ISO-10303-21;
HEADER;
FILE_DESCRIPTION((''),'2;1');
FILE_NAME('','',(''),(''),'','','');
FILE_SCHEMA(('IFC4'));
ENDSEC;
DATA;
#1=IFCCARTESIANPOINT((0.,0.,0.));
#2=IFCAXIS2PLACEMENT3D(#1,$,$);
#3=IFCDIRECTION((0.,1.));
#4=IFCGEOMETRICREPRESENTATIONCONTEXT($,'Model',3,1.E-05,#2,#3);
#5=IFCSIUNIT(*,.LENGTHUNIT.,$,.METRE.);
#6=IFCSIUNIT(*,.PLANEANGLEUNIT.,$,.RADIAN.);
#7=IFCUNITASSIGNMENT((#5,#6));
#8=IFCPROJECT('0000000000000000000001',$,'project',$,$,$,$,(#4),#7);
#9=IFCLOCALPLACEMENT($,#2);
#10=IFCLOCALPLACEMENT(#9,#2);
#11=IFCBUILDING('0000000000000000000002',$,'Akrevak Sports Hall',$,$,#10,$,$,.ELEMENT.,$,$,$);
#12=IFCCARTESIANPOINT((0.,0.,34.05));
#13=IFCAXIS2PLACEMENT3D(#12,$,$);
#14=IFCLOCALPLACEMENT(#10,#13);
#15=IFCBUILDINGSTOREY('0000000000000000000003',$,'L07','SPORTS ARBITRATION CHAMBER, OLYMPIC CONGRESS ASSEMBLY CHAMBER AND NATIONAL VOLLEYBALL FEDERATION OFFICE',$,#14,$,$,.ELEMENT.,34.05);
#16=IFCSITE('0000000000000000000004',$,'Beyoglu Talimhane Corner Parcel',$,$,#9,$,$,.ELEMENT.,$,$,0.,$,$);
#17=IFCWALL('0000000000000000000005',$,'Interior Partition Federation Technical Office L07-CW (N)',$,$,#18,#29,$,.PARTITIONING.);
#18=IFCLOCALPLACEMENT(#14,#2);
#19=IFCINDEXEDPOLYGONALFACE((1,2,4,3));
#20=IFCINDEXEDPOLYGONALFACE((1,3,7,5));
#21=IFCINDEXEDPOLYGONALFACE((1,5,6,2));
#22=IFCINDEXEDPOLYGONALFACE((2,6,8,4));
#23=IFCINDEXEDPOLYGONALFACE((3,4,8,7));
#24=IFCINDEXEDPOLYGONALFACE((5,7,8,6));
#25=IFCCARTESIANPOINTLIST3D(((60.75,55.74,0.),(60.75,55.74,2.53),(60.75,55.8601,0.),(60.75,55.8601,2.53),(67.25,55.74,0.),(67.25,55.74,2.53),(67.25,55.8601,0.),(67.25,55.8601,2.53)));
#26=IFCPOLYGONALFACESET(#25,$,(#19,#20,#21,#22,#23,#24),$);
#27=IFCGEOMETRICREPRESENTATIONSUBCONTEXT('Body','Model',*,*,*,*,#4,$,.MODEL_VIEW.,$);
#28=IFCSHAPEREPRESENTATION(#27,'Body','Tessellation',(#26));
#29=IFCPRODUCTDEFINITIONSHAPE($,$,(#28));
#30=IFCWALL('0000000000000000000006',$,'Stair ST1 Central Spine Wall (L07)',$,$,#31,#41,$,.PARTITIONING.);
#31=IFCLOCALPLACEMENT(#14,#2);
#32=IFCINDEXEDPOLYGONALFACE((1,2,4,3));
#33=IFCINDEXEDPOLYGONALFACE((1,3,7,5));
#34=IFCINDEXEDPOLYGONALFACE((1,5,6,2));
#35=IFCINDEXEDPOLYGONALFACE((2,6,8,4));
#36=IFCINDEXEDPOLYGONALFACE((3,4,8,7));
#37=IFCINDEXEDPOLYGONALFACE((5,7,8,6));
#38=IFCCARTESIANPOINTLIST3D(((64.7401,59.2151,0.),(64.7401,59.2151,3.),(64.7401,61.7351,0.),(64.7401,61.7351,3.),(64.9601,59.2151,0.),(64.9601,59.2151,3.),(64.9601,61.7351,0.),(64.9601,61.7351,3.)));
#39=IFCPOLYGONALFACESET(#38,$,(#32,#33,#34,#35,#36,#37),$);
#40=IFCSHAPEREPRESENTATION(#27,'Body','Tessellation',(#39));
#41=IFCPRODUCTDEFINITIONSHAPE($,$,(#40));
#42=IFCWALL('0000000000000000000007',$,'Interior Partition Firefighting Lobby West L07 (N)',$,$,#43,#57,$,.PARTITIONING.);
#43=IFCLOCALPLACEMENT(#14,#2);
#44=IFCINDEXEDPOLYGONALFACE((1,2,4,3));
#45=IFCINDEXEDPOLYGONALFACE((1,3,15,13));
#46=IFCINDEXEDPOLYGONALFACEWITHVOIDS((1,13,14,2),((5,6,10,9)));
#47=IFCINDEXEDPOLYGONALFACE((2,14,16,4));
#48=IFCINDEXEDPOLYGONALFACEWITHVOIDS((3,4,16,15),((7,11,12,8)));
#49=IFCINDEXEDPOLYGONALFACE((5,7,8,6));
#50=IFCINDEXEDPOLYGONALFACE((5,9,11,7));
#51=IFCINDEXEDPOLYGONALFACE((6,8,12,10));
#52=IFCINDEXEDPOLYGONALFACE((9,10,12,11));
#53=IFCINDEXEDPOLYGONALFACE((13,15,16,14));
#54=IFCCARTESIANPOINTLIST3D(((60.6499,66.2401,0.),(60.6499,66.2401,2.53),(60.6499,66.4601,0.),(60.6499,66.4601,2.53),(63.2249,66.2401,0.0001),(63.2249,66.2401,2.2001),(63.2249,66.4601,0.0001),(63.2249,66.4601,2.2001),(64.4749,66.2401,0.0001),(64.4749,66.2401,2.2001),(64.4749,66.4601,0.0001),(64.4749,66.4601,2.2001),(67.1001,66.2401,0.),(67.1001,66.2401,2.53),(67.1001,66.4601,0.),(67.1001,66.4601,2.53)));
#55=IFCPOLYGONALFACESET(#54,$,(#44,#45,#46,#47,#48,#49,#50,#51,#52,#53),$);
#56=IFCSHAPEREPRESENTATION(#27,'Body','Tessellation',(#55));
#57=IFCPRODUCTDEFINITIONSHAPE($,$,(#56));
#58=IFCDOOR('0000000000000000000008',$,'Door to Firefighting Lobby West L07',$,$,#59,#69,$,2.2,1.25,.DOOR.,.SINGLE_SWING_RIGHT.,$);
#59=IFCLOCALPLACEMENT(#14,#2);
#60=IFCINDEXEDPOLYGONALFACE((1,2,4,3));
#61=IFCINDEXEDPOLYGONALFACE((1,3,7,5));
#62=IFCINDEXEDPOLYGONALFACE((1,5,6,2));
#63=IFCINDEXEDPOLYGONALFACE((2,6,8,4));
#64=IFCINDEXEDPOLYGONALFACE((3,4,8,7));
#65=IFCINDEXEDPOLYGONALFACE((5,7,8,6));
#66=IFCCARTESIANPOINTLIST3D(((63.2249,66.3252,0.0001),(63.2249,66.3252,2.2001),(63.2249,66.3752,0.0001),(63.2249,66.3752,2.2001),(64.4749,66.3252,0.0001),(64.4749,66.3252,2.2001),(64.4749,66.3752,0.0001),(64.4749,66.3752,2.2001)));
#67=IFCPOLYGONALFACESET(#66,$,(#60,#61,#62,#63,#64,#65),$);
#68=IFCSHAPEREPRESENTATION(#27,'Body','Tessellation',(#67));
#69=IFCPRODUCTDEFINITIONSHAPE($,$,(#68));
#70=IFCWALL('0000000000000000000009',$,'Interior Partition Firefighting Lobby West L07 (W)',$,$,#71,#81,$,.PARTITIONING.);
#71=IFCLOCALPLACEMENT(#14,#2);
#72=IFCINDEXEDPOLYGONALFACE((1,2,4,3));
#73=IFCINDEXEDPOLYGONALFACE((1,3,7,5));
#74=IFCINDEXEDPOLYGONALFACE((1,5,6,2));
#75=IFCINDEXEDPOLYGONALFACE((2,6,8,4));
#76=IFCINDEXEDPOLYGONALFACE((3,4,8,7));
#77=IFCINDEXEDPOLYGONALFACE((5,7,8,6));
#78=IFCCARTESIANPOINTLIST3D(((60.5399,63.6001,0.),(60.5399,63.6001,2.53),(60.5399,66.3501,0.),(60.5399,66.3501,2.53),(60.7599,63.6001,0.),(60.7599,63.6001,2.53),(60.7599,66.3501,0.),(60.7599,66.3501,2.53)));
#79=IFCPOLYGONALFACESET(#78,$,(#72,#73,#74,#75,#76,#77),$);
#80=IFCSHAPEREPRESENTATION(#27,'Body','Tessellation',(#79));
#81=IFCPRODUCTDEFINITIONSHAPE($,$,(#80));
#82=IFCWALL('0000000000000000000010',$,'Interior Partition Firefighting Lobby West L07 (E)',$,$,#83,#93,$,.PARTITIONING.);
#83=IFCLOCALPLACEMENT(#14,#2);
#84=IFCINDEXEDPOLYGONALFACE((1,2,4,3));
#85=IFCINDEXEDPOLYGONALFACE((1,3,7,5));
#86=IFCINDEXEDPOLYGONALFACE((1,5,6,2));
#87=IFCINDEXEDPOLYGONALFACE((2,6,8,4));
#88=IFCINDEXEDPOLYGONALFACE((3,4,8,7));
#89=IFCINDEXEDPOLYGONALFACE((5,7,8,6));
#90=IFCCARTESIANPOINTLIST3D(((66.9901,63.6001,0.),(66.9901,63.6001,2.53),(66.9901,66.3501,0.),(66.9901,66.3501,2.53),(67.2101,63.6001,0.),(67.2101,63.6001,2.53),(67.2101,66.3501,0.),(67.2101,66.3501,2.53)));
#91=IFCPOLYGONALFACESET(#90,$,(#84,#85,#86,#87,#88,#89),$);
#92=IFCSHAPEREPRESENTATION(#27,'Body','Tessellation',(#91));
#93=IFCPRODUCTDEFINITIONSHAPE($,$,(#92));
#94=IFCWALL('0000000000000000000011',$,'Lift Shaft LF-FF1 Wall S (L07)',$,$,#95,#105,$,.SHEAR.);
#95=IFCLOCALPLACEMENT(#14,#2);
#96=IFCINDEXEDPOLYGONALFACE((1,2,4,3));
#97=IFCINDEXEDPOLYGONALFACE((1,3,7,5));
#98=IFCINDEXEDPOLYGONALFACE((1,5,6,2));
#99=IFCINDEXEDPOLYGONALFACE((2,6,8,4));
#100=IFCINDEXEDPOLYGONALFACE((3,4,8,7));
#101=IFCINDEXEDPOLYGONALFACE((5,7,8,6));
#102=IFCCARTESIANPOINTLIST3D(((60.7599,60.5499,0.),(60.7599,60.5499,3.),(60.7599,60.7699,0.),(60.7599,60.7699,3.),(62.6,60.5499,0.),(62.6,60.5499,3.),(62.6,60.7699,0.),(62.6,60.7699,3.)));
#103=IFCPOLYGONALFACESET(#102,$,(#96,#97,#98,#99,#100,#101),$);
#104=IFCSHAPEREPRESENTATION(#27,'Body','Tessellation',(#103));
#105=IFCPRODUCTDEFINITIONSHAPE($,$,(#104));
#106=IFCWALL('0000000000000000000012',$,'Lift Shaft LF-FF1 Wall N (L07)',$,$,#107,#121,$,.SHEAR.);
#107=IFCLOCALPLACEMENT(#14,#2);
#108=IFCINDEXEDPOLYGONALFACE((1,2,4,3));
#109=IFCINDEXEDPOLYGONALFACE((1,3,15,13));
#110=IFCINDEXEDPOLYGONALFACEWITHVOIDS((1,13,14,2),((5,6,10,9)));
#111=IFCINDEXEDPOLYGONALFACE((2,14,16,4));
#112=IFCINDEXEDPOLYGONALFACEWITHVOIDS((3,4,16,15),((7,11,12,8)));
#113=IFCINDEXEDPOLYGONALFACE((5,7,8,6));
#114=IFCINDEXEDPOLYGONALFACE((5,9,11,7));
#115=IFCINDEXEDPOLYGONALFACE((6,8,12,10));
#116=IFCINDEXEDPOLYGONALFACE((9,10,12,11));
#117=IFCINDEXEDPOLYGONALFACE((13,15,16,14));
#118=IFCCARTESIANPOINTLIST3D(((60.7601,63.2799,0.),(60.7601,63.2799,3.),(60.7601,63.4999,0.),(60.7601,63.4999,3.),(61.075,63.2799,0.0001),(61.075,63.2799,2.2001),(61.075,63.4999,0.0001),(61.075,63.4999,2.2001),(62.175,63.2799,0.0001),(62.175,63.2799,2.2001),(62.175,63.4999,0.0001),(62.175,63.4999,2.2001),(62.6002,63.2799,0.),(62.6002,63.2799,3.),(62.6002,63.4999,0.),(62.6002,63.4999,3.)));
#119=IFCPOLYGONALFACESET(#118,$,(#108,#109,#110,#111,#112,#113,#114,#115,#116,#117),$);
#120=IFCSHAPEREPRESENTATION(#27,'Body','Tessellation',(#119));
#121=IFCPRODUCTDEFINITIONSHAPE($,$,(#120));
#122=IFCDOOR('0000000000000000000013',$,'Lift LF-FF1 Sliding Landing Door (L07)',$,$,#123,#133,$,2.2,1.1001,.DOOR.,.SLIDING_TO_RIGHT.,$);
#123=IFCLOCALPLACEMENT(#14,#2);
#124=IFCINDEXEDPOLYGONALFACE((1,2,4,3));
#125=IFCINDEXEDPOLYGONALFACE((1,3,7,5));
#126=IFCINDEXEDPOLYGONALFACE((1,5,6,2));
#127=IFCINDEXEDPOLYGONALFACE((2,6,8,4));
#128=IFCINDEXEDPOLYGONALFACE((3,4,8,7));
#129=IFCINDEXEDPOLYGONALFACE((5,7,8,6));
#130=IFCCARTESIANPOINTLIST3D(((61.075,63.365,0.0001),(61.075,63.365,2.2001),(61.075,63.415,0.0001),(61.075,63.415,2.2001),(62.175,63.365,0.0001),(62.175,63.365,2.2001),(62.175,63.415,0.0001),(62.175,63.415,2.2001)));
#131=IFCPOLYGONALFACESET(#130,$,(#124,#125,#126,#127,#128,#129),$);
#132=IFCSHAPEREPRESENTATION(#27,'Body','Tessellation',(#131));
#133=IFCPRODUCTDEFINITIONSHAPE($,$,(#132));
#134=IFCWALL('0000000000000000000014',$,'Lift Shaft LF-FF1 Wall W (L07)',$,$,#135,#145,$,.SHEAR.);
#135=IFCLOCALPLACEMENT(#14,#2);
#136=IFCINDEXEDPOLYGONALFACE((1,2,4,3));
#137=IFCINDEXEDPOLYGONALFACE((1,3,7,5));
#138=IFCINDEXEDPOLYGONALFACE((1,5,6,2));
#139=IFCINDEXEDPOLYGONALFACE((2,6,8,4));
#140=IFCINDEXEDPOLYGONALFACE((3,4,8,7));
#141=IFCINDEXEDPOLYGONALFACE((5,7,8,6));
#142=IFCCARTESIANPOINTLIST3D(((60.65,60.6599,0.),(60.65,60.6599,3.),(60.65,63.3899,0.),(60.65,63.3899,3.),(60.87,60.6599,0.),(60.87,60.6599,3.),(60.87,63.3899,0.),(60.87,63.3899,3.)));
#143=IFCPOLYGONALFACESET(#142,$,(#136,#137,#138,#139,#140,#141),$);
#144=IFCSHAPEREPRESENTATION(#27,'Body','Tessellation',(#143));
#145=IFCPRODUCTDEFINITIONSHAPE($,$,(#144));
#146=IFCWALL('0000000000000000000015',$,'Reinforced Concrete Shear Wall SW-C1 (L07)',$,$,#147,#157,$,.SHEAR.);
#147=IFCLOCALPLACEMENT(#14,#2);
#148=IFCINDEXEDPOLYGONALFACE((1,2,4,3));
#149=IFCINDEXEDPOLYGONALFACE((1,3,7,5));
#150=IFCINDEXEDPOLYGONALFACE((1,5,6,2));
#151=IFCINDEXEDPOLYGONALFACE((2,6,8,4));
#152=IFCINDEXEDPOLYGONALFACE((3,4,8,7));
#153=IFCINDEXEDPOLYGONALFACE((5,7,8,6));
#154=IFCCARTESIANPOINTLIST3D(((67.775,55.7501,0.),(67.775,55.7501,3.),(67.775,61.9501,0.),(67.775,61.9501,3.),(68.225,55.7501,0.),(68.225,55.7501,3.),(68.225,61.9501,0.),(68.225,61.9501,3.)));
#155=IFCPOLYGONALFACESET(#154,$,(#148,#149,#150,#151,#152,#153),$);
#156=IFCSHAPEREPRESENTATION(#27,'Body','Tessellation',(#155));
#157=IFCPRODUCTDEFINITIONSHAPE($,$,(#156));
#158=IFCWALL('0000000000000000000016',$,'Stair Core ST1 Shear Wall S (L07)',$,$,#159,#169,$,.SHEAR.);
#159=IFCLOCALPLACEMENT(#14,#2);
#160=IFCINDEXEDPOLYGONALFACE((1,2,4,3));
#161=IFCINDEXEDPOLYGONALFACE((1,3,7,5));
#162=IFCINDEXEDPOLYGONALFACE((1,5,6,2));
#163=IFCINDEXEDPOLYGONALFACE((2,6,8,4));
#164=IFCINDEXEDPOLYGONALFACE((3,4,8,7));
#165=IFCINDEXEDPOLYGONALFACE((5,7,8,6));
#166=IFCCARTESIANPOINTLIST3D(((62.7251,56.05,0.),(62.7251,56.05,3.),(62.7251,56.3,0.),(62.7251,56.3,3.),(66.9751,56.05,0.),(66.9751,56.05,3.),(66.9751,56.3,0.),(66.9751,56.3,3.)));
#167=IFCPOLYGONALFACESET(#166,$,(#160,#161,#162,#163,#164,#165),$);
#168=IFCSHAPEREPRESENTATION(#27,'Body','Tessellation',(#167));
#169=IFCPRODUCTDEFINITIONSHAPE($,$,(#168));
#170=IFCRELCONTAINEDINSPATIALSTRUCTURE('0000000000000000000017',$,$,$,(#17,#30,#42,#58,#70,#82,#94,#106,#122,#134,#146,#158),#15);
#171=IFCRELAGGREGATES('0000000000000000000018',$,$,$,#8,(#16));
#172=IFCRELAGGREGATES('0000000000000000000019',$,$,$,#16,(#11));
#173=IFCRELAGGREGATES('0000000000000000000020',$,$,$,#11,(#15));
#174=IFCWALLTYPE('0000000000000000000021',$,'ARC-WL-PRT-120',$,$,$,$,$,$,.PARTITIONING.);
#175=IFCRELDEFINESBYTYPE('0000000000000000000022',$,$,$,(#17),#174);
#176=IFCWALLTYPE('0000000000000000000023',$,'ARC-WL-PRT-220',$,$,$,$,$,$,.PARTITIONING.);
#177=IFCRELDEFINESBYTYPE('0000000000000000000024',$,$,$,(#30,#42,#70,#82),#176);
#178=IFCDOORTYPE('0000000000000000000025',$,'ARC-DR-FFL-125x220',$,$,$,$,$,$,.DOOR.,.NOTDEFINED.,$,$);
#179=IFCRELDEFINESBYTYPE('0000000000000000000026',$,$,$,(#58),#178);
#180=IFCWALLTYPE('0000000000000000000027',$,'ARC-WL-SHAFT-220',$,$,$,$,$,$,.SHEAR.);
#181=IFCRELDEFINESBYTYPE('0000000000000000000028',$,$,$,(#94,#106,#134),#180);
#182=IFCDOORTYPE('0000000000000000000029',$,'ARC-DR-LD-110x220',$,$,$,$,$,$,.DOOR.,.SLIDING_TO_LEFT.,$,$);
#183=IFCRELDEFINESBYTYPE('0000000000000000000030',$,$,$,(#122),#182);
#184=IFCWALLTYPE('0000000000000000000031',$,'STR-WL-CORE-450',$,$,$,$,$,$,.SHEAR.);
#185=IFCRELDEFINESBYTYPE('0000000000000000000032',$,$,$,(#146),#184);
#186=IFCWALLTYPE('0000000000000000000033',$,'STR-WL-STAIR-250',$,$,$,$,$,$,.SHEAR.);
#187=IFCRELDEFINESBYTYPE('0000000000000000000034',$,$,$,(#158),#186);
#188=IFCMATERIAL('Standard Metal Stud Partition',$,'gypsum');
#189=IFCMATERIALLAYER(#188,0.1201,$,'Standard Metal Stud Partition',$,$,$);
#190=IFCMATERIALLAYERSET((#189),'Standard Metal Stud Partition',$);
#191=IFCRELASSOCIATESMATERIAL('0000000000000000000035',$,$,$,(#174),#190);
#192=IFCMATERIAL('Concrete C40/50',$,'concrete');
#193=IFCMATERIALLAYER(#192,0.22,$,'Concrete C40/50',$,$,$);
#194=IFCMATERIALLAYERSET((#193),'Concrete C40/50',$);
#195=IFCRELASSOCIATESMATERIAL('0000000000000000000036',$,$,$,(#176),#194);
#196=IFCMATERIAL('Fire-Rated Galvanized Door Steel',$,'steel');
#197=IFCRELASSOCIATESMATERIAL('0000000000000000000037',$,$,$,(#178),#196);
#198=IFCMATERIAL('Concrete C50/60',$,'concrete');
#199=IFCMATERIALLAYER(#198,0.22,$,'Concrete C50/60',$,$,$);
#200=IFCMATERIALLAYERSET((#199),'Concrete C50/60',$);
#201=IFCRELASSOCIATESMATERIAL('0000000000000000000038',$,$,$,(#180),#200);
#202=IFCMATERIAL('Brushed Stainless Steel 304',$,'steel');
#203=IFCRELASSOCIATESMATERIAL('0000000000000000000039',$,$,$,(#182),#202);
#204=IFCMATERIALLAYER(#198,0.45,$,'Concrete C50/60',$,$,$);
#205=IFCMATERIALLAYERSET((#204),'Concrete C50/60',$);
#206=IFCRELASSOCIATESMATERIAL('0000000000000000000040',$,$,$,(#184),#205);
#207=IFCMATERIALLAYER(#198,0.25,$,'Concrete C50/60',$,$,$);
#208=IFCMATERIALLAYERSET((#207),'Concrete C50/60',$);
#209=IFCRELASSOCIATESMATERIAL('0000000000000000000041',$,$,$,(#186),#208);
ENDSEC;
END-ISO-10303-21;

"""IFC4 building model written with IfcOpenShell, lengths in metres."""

from ifc_helpers import new_model, si_unit, direction, frame, frame_2d, origin, place, context, subcontext, project, spatial, rectangle, extrude, material, layer, layer_set, type_object, element, fill, save


model = new_model("IFC4")

# Units and contexts
model_context = context("Model", 3, precision=1e-05, world=origin(), true_north=direction((0.0, 1.0)))
body_context = subcontext(model_context, "Body", "Model", "MODEL_VIEW")
ifc_project = project(units=[si_unit("LENGTHUNIT", "METRE"), si_unit("PLANEANGLEUNIT", "RADIAN")], contexts=[model_context])

# Site, building, storey
site_placement = place(None, origin())
site = spatial("IfcSite", under=ifc_project, at=site_placement, Name="Beyoglu Talimhane Corner Parcel", CompositionType="ELEMENT", RefElevation=0.0)
building_placement = place(site_placement, origin())
building = spatial("IfcBuilding", under=site, at=building_placement, Name="Akrevak Sports Hall", CompositionType="ELEMENT")
storey_placement = place(building_placement, frame((0.0, 0.0, 34.05)))
storey = spatial("IfcBuildingStorey", under=building, at=storey_placement, Name="L07", Description="SPORTS ARBITRATION CHAMBER, OLYMPIC CONGRESS ASSEMBLY CHAMBER AND NATIONAL VOLLEYBALL FEDERATION OFFICE", CompositionType="ELEMENT", Elevation=34.05)

# Shared definitions
ifc_material_1 = material(Name="Concrete C40/50", Category="concrete")

# Walls
ifc_material_2 = material(Name="Standard Metal Stud Partition", Category="gypsum")
ifc_layer_1 = layer(ifc_material_2, 0.1201, Name="Standard Metal Stud Partition")
ifc_layer_set_1 = layer_set([ifc_layer_1], Name="Standard Metal Stud Partition")
wall_type_1 = type_object("IfcWallType", Name="ARC-WL-PRT-120", PredefinedType="PARTITIONING", material=ifc_layer_set_1)
wall_1_placement = place(storey_placement, frame((60.75, 55.8, 0.0), z_axis=(0.0, 0.0, 1.0), x_axis=(1.0, 0.0, 0.0)))
element("IfcWall", 1, at=wall_1_placement, inside=storey, type_object=wall_type_1, Name="Interior Partition Federation Technical Office L07-CW (N)", PredefinedType="PARTITIONING", context=body_context, shape_type="SweptSolid", body=[
    extrude(rectangle(XDim=6.5, YDim=0.1201, at=frame_2d((3.25, 0.0))), origin(), (0.0, 0.0, 1.0), 2.53),
])
ifc_layer_2 = layer(ifc_material_1, 0.22, Name="Concrete C40/50")
ifc_layer_set_2 = layer_set([ifc_layer_2], Name="Concrete C40/50")
wall_type_2 = type_object("IfcWallType", Name="ARC-WL-PRT-220", PredefinedType="PARTITIONING", material=ifc_layer_set_2)
wall_2_placement = place(storey_placement, frame((64.8501, 59.2151, 0.0), z_axis=(0.0, 0.0, 1.0), x_axis=(0.0, 1.0, 0.0)))
element("IfcWall", 2, at=wall_2_placement, inside=storey, type_object=wall_type_2, Name="Stair ST1 Central Spine Wall (L07)", PredefinedType="PARTITIONING", context=body_context, shape_type="SweptSolid", body=[
    extrude(rectangle(XDim=2.52, YDim=0.22, at=frame_2d((1.26, 0.0))), origin(), (0.0, 0.0, 1.0), 3.0),
])

# Wall, opening, door
wall_3_placement = place(storey_placement, frame((60.6499, 66.3501, 0.0), z_axis=(0.0, 0.0, 1.0), x_axis=(1.0, 0.0, 0.0)))
wall_3 = element("IfcWall", 3, at=wall_3_placement, inside=storey, type_object=wall_type_2, Name="Interior Partition Firefighting Lobby West L07 (N)", PredefinedType="PARTITIONING", context=body_context, shape_type="SweptSolid", body=[
    extrude(rectangle(XDim=6.4502, YDim=0.22, at=frame_2d((3.2251, 0.0))), origin(), (0.0, 0.0, 1.0), 2.53),
])
opening_1_placement = place(wall_3_placement, frame((2.575, 0.0, 0.0)))
opening_1 = element("IfcOpeningElement", 4, at=opening_1_placement, cuts=wall_3, PredefinedType="OPENING", context=body_context, shape_type="SweptSolid", body=[
    extrude(rectangle(XDim=1.25, YDim=2.2, at=frame_2d((0.625, 1.1001))), frame((0.0, 0.1221, 0.0), z_axis=(0.0, -1.0, 0.0), x_axis=(1.0, 0.0, 0.0)), (0.0, 0.0, 1.0), 0.2439),
])
ifc_material_3 = material(Name="Fire-Rated Galvanized Door Steel", Category="steel")
door_type_1 = type_object("IfcDoorType", Name="ARC-DR-FFL-125x220", OperationType="NOTDEFINED", PredefinedType="DOOR", material=ifc_material_3)
door_1_placement = place(opening_1_placement, frame((1.25, 0.0, 0.0), z_axis=(0.0, 0.0, 1.0), x_axis=(-1.0, 0.0, 0.0)))
door_1 = element("IfcDoor", 5, at=door_1_placement, inside=storey, type_object=door_type_1, Name="Door to Firefighting Lobby West L07", OperationType="SINGLE_SWING_RIGHT", OverallHeight=2.2, OverallWidth=1.25, PredefinedType="DOOR", context=body_context, shape_type="SweptSolid", body=[
    extrude(rectangle(XDim=1.25, YDim=2.2, at=frame_2d((0.625, 1.1001))), frame((0.0, 0.0249, 0.0), z_axis=(0.0, -1.0, 0.0), x_axis=(1.0, 0.0, 0.0)), (0.0, 0.0, 1.0), 0.05),
])
fill(opening_1, door_1)

# Walls
for number, where, z_axis, x_axis, name in (
    (6, (60.6499, 63.6001, 0.0), (0.0, 0.0, 1.0), (0.0, 1.0, 0.0), "Interior Partition Firefighting Lobby West L07 (W)"),
    (7, (67.1001, 63.6001, 0.0), (0.0, 0.0, 1.0), (0.0, 1.0, 0.0), "Interior Partition Firefighting Lobby West L07 (E)"),
):
    element("IfcWall", number, at=place(storey_placement, frame(where, z_axis=z_axis, x_axis=x_axis)), inside=storey, type_object=wall_type_2, Name=name, PredefinedType="PARTITIONING", context=body_context, shape_type="SweptSolid", body=[
        extrude(rectangle(XDim=2.75, YDim=0.22, at=frame_2d((1.375, 0.0))), origin(), (0.0, 0.0, 1.0), 2.53),
    ])
ifc_material_4 = material(Name="Concrete C50/60", Category="concrete")
ifc_layer_3 = layer(ifc_material_4, 0.22, Name="Concrete C50/60")
ifc_layer_set_3 = layer_set([ifc_layer_3], Name="Concrete C50/60")
wall_type_3 = type_object("IfcWallType", Name="ARC-WL-SHAFT-220", PredefinedType="SHEAR", material=ifc_layer_set_3)
wall_4_placement = place(storey_placement, frame((60.76, 60.6599, 0.0), z_axis=(0.0, 0.0, 1.0), x_axis=(1.0, 0.0, 0.0)))
element("IfcWall", 8, at=wall_4_placement, inside=storey, type_object=wall_type_3, Name="Lift Shaft LF-FF1 Wall S (L07)", PredefinedType="SHEAR", context=body_context, shape_type="SweptSolid", body=[
    extrude(rectangle(XDim=1.8401, YDim=0.22, at=frame_2d((0.9199, 0.0))), origin(), (0.0, 0.0, 1.0), 3.0),
])

# Wall, opening, door
wall_5_placement = place(storey_placement, frame((62.6001, 63.3899, 0.0), z_axis=(0.0, 0.0, 1.0), x_axis=(-1.0, 0.0, 0.0)))
wall_5 = element("IfcWall", 9, at=wall_5_placement, inside=storey, type_object=wall_type_3, Name="Lift Shaft LF-FF1 Wall N (L07)", PredefinedType="SHEAR", context=body_context, shape_type="SweptSolid", body=[
    extrude(rectangle(XDim=1.8401, YDim=0.22, at=frame_2d((0.9199, 0.0))), origin(), (0.0, 0.0, 1.0), 3.0),
])
opening_2_placement = place(wall_5_placement, frame((0.425, 0.0, 0.0)))
opening_2 = element("IfcOpeningElement", 10, at=opening_2_placement, cuts=wall_5, PredefinedType="OPENING", context=body_context, shape_type="SweptSolid", body=[
    extrude(rectangle(XDim=1.1001, YDim=2.2, at=frame_2d((0.55, 1.1001))), frame((0.0, 0.1221, 0.0), z_axis=(0.0, -1.0, 0.0), x_axis=(1.0, 0.0, 0.0)), (0.0, 0.0, 1.0), 0.2439),
])
ifc_material_5 = material(Name="Brushed Stainless Steel 304", Category="steel")
door_type_2 = type_object("IfcDoorType", Name="ARC-DR-LD-110x220", OperationType="SLIDING_TO_LEFT", PredefinedType="DOOR", material=ifc_material_5)
door_2_placement = place(opening_2_placement, origin())
door_2 = element("IfcDoor", 11, at=door_2_placement, inside=storey, type_object=door_type_2, Name="Lift LF-FF1 Sliding Landing Door (L07)", OperationType="SLIDING_TO_RIGHT", OverallHeight=2.2, OverallWidth=1.1001, PredefinedType="DOOR", context=body_context, shape_type="SweptSolid", body=[
    extrude(rectangle(XDim=1.1001, YDim=2.2, at=frame_2d((0.55, 1.1001))), frame((0.0, 0.0249, 0.0), z_axis=(0.0, -1.0, 0.0), x_axis=(1.0, 0.0, 0.0)), (0.0, 0.0, 1.0), 0.05),
])
fill(opening_2, door_2)

# Walls
wall_6_placement = place(storey_placement, frame((60.76, 63.3899, 0.0), z_axis=(0.0, 0.0, 1.0), x_axis=(0.0, -1.0, 0.0)))
element("IfcWall", 12, at=wall_6_placement, inside=storey, type_object=wall_type_3, Name="Lift Shaft LF-FF1 Wall W (L07)", PredefinedType="SHEAR", context=body_context, shape_type="SweptSolid", body=[
    extrude(rectangle(XDim=2.73, YDim=0.22, at=frame_2d((1.365, 0.0))), origin(), (0.0, 0.0, 1.0), 3.0),
])
ifc_layer_4 = layer(ifc_material_4, 0.45, Name="Concrete C50/60")
ifc_layer_set_4 = layer_set([ifc_layer_4], Name="Concrete C50/60")
wall_type_4 = type_object("IfcWallType", Name="STR-WL-CORE-450", PredefinedType="SHEAR", material=ifc_layer_set_4)
wall_7_placement = place(storey_placement, frame((68.0, 55.75, 0.0), z_axis=(0.0, 0.0, 1.0), x_axis=(0.0, 1.0, 0.0)))
element("IfcWall", 13, at=wall_7_placement, inside=storey, type_object=wall_type_4, Name="Reinforced Concrete Shear Wall SW-C1 (L07)", PredefinedType="SHEAR", context=body_context, shape_type="SweptSolid", body=[
    extrude(rectangle(XDim=6.2, YDim=0.45, at=frame_2d((3.1001, 0.0))), origin(), (0.0, 0.0, 1.0), 3.0),
])
ifc_layer_5 = layer(ifc_material_4, 0.25, Name="Concrete C50/60")
ifc_layer_set_5 = layer_set([ifc_layer_5], Name="Concrete C50/60")
wall_type_5 = type_object("IfcWallType", Name="STR-WL-STAIR-250", PredefinedType="SHEAR", material=ifc_layer_set_5)
wall_8_placement = place(storey_placement, frame((62.7251, 56.175, 0.0), z_axis=(0.0, 0.0, 1.0), x_axis=(1.0, 0.0, 0.0)))
element("IfcWall", 14, at=wall_8_placement, inside=storey, type_object=wall_type_5, Name="Stair Core ST1 Shear Wall S (L07)", PredefinedType="SHEAR", context=body_context, shape_type="SweptSolid", body=[
    extrude(rectangle(XDim=4.25, YDim=0.25, at=frame_2d((2.125, 0.0))), origin(), (0.0, 0.0, 1.0), 3.0),
])

save(model, "model.ifc")
